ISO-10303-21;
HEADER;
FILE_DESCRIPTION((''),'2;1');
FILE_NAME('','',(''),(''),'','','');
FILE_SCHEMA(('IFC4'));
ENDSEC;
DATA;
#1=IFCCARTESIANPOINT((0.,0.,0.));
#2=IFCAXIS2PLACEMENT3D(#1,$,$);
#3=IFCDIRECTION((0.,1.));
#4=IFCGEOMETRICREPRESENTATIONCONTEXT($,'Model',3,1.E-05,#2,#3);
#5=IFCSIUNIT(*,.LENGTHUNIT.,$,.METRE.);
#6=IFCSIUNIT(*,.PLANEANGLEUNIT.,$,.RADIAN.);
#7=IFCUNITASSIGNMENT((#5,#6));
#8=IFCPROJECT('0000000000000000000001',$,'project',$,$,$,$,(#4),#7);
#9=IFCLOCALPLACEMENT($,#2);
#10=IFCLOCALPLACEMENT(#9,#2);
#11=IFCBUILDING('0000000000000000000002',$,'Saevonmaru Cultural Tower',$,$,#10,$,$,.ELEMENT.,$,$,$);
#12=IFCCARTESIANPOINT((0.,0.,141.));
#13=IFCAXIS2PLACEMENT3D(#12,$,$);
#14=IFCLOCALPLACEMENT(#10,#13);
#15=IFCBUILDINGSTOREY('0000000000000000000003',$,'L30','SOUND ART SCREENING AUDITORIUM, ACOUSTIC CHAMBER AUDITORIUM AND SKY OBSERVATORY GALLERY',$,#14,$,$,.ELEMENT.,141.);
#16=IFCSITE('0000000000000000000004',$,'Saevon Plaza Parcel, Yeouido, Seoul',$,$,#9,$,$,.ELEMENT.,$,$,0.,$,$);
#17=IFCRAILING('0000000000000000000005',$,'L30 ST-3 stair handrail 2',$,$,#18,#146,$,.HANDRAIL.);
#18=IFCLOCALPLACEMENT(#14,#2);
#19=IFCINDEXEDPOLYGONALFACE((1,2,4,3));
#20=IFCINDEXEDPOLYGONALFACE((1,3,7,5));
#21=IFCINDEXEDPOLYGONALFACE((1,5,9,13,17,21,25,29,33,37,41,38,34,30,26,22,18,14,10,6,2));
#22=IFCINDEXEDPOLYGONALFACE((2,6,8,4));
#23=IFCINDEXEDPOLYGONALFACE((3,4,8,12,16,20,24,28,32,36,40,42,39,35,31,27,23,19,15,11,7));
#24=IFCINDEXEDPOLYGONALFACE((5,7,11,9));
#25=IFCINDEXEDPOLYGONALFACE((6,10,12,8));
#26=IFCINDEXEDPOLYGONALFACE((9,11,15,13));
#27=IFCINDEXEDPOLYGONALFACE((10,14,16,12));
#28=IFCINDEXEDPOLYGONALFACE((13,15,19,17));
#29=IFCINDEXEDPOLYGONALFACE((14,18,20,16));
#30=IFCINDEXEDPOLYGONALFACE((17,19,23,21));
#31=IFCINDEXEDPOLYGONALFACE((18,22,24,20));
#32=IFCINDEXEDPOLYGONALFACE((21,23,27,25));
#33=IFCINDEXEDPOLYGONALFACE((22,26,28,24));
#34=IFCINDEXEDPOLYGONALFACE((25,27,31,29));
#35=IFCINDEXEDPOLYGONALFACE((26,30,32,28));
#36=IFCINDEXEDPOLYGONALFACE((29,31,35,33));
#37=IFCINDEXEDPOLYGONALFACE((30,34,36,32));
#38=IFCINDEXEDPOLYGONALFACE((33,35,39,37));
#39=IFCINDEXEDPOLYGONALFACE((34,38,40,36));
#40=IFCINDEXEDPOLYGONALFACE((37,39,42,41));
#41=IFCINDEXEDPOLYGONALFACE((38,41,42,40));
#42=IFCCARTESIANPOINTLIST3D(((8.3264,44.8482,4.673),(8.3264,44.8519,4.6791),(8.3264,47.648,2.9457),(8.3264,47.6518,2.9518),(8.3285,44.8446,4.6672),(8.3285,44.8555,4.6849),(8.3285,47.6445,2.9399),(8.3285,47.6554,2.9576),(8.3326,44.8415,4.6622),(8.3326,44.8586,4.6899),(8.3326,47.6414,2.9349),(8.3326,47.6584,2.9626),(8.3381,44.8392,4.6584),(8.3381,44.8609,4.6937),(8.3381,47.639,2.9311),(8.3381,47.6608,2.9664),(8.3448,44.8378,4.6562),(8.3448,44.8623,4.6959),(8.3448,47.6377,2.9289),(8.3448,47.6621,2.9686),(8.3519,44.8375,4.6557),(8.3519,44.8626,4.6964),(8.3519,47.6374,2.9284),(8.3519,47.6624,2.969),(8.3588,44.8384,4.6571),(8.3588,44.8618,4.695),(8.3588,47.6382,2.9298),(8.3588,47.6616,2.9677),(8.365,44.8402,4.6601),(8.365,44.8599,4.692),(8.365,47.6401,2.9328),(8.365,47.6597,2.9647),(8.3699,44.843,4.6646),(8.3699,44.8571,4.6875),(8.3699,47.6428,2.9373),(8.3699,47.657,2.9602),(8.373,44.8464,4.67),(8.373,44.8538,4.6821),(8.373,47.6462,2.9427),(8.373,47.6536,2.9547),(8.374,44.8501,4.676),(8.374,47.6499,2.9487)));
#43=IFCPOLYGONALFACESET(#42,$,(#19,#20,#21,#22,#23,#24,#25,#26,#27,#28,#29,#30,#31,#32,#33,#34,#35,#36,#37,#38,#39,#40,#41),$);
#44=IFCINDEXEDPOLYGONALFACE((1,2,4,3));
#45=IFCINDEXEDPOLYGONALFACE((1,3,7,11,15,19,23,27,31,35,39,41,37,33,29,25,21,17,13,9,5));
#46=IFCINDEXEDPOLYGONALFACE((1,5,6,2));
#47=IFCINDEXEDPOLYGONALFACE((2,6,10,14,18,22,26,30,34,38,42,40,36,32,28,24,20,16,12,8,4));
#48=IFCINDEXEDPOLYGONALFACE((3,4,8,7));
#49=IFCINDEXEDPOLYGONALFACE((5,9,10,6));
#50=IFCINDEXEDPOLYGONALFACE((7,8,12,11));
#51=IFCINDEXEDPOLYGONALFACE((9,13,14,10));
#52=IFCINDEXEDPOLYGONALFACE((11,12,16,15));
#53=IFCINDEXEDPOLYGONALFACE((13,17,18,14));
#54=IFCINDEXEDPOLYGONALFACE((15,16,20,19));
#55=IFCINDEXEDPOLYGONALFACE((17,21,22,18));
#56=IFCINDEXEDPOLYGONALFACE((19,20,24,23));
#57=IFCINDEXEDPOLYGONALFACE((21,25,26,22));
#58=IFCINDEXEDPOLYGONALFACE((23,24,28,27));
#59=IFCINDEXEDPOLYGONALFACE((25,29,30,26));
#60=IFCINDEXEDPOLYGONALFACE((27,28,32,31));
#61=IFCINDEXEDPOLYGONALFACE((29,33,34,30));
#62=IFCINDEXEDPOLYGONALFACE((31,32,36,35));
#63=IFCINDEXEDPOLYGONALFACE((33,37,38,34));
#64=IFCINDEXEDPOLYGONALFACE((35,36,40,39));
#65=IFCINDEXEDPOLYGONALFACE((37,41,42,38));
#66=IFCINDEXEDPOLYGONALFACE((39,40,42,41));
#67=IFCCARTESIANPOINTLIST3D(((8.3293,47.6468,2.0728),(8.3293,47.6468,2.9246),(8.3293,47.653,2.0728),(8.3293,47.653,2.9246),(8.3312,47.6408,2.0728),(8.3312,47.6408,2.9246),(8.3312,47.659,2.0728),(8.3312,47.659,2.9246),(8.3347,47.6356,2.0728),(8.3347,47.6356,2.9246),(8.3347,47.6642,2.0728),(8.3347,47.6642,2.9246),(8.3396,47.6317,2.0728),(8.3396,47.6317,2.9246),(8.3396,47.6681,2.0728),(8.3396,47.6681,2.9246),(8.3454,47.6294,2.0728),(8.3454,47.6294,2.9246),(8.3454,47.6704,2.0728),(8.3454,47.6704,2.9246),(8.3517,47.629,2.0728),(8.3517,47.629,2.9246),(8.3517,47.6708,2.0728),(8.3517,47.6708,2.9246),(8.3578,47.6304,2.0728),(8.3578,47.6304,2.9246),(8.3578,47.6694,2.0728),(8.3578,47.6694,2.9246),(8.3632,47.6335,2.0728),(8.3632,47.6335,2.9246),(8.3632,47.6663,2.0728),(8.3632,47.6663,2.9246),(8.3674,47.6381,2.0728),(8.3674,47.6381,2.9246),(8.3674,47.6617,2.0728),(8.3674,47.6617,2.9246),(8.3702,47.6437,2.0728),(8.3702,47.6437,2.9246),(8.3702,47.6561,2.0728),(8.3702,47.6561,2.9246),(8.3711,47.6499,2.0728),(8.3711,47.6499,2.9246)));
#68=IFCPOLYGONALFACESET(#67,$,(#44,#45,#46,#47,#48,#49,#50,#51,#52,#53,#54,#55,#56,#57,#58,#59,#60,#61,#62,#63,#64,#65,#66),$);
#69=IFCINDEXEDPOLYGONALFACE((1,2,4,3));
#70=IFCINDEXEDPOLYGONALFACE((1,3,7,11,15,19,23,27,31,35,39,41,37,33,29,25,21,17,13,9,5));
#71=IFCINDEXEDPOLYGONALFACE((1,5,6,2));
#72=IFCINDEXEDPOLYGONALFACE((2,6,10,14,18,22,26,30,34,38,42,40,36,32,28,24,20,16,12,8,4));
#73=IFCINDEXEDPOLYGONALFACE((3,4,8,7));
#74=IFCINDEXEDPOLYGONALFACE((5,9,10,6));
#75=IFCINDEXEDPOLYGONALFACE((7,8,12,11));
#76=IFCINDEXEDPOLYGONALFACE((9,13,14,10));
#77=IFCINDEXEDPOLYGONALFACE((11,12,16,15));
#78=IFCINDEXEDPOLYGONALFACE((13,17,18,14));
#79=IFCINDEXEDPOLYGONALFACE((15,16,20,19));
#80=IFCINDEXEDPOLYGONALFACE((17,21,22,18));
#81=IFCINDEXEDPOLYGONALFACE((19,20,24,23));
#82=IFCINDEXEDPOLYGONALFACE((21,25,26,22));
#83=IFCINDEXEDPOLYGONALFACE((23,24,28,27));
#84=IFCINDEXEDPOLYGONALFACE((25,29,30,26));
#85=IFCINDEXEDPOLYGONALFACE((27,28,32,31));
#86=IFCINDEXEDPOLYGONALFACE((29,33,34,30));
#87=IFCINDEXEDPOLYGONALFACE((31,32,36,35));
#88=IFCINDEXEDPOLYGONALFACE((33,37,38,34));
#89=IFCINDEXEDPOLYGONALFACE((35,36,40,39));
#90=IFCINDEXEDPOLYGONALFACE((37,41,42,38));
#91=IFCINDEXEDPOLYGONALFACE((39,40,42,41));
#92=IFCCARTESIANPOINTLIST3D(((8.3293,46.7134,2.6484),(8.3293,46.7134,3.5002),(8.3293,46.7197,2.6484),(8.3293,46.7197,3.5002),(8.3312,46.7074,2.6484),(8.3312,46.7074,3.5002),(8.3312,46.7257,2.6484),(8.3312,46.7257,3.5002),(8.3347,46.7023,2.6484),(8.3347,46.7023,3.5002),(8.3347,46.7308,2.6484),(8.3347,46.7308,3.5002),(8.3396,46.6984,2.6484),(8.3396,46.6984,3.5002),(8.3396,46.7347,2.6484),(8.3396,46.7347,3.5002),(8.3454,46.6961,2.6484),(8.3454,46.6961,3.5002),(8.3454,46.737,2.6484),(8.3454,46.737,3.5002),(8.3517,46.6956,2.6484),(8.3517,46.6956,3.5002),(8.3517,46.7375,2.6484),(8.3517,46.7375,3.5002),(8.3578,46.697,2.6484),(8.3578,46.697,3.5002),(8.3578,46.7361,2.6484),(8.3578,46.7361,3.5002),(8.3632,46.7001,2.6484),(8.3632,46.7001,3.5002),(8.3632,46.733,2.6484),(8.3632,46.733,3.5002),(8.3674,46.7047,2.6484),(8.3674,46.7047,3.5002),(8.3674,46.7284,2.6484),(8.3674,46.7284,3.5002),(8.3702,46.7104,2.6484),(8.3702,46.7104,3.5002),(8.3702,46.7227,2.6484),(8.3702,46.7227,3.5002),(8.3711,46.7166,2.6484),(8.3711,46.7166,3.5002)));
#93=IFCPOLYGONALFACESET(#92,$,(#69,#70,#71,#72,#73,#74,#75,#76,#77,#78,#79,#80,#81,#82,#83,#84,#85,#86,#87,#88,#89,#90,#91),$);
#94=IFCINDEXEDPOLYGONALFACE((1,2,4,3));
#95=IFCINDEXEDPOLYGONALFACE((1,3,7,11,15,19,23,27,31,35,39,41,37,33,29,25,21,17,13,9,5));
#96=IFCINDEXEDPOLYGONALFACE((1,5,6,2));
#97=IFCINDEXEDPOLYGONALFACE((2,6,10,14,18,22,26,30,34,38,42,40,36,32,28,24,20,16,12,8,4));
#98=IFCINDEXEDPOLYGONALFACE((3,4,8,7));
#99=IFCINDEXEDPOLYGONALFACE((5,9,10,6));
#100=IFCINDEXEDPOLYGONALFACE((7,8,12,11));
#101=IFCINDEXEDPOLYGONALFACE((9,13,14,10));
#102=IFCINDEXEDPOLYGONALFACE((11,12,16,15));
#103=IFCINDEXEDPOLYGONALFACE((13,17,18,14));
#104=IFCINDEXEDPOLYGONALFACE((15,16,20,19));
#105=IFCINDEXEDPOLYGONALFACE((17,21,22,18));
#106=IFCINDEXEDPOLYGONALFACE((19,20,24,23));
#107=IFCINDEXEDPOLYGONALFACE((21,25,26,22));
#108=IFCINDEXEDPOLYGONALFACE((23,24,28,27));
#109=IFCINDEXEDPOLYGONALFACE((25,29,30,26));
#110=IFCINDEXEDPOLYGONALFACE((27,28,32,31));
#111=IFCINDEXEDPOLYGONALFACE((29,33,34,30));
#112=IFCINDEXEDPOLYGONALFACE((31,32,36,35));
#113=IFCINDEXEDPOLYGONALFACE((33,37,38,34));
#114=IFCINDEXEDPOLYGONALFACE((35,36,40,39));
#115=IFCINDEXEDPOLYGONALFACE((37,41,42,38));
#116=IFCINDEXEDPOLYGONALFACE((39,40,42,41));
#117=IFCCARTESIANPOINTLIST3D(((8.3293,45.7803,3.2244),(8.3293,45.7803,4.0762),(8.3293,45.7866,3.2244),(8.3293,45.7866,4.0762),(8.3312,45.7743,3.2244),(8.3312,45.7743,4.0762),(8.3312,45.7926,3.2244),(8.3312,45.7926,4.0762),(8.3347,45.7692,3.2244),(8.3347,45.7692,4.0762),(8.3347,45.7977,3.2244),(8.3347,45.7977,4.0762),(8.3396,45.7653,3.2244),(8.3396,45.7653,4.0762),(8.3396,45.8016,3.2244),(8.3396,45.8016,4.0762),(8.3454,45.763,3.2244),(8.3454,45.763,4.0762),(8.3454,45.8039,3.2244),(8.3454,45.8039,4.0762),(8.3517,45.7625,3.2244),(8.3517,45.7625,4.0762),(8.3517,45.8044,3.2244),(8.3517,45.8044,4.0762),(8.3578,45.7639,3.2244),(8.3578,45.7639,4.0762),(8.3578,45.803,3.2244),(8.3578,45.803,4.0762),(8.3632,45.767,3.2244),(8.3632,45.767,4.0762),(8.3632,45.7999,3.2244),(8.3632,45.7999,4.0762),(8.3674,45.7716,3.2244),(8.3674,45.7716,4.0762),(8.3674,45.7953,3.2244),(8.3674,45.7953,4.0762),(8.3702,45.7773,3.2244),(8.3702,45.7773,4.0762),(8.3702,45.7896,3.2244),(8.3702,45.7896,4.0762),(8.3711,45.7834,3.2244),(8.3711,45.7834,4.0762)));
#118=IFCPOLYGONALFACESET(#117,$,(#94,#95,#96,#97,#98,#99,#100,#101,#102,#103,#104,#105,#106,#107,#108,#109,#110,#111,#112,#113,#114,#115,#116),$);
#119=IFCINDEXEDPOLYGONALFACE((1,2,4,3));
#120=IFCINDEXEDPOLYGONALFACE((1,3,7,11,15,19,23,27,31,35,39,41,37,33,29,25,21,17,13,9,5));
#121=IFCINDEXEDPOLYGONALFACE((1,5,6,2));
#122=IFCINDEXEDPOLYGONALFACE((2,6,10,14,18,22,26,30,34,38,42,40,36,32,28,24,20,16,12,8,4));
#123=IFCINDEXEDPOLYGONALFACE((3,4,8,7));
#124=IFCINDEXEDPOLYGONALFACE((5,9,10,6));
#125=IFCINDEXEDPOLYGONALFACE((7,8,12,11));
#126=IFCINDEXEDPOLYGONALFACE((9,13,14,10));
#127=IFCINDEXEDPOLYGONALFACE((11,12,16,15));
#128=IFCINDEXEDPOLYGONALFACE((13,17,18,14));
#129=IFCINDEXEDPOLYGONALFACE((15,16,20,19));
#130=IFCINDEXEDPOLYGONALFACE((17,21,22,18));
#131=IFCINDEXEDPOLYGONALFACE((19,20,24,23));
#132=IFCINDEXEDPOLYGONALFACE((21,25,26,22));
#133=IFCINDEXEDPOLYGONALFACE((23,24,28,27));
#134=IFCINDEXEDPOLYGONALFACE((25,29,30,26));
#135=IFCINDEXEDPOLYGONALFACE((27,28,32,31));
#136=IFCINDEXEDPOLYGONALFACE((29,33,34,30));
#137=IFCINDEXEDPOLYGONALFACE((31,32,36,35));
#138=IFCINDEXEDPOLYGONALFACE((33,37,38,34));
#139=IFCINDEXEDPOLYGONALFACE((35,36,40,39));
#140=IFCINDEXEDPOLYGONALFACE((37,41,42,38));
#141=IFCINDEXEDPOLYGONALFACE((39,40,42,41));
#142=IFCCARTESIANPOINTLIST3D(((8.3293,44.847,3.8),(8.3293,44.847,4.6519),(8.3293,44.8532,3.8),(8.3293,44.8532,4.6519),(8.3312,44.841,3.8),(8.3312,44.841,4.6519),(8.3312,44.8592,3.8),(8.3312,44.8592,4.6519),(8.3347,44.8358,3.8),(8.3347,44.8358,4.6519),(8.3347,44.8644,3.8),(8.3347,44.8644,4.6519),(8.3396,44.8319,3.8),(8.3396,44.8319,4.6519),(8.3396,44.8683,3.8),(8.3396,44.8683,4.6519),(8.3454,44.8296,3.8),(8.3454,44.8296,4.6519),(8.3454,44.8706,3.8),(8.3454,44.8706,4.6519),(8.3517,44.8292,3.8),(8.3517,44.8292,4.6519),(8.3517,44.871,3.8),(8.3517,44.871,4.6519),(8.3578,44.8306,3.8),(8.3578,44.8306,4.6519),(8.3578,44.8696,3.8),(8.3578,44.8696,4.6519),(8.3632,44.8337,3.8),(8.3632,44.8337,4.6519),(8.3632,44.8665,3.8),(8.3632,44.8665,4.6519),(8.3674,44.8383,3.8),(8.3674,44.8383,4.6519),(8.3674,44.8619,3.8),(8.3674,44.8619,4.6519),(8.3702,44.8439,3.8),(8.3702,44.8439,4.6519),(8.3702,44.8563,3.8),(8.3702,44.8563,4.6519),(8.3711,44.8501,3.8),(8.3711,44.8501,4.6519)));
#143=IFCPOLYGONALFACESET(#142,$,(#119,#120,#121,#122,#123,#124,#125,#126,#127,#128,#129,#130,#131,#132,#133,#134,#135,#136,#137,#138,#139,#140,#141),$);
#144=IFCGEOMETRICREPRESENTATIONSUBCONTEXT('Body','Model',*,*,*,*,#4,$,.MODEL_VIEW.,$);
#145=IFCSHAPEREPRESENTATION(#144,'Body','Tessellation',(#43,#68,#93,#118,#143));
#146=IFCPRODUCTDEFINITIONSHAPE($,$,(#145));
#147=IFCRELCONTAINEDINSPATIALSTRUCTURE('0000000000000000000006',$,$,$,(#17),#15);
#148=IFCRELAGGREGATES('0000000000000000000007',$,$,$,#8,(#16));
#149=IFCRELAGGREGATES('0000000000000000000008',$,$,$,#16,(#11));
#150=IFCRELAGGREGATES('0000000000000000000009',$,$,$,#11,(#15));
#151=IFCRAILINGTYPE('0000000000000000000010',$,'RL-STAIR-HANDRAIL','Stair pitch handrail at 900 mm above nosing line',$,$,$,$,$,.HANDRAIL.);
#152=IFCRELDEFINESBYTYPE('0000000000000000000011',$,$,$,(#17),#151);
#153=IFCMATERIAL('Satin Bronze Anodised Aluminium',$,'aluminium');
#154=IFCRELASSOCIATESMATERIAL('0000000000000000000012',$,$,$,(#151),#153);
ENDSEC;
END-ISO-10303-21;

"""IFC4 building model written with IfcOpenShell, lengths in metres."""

from ifc_helpers import new_model, si_unit, direction, frame, origin, origin_2d, place, context, subcontext, project, spatial, circle, extrude, material, type_object, element, save


model = new_model("IFC4")

# Units and contexts
model_context = context("Model", 3, precision=1e-05, world=origin(), true_north=direction((0.0, 1.0)))
body_context = subcontext(model_context, "Body", "Model", "MODEL_VIEW")
ifc_project = project(units=[si_unit("LENGTHUNIT", "METRE"), si_unit("PLANEANGLEUNIT", "RADIAN")], contexts=[model_context])

# Site, building, storey
site_placement = place(None, origin())
site = spatial("IfcSite", under=ifc_project, at=site_placement, Name="Saevon Plaza Parcel, Yeouido, Seoul", CompositionType="ELEMENT", RefElevation=0.0)
building_placement = place(site_placement, origin())
building = spatial("IfcBuilding", under=site, at=building_placement, Name="Saevonmaru Cultural Tower", CompositionType="ELEMENT")
storey_placement = place(building_placement, frame((0.0, 0.0, 141.0)))
storey = spatial("IfcBuildingStorey", under=building, at=storey_placement, Name="L30", Description="SOUND ART SCREENING AUDITORIUM, ACOUSTIC CHAMBER AUDITORIUM AND SKY OBSERVATORY GALLERY", CompositionType="ELEMENT", Elevation=141.0)

# Shared definitions
ifc_material_1 = material(Name="Satin Bronze Anodised Aluminium", Category="aluminium")

# Railing
railing_type_1 = type_object("IfcRailingType", Name="RL-STAIR-HANDRAIL", Description="Stair pitch handrail at 900 mm above nosing line", PredefinedType="HANDRAIL", material=ifc_material_1)
railing_1_placement = place(storey_placement, frame((8.3501, 47.6499, 2.0728)))
element("IfcRailing", 1, at=railing_1_placement, inside=storey, type_object=railing_type_1, Name="L30 ST-3 stair handrail 2", PredefinedType="HANDRAIL", context=body_context, shape_type="SweptSolid", body=[
    extrude(circle(Radius=0.0239, at=origin_2d()), frame((0.0, 0.0, 0.876), z_axis=(0.0, -0.851069, 0.525054), x_axis=(1.0, 0.0, 0.0)), (0.0, 0.0, 1.0), 3.2898),
    extrude(circle(Radius=0.021, at=origin_2d()), origin(), (0.0, 0.0, 1.0), 0.8518),
    extrude(circle(Radius=0.021, at=origin_2d()), frame((0.0, -0.9333, 0.5757)), (0.0, 0.0, 1.0), 0.8518),
    extrude(circle(Radius=0.021, at=origin_2d()), frame((0.0, -1.8665, 1.1516)), (0.0, 0.0, 1.0), 0.8518),
    extrude(circle(Radius=0.021, at=origin_2d()), frame((0.0, -2.7998, 1.7273)), (0.0, 0.0, 1.0), 0.8518),
])

save(model, "model.ifc")
